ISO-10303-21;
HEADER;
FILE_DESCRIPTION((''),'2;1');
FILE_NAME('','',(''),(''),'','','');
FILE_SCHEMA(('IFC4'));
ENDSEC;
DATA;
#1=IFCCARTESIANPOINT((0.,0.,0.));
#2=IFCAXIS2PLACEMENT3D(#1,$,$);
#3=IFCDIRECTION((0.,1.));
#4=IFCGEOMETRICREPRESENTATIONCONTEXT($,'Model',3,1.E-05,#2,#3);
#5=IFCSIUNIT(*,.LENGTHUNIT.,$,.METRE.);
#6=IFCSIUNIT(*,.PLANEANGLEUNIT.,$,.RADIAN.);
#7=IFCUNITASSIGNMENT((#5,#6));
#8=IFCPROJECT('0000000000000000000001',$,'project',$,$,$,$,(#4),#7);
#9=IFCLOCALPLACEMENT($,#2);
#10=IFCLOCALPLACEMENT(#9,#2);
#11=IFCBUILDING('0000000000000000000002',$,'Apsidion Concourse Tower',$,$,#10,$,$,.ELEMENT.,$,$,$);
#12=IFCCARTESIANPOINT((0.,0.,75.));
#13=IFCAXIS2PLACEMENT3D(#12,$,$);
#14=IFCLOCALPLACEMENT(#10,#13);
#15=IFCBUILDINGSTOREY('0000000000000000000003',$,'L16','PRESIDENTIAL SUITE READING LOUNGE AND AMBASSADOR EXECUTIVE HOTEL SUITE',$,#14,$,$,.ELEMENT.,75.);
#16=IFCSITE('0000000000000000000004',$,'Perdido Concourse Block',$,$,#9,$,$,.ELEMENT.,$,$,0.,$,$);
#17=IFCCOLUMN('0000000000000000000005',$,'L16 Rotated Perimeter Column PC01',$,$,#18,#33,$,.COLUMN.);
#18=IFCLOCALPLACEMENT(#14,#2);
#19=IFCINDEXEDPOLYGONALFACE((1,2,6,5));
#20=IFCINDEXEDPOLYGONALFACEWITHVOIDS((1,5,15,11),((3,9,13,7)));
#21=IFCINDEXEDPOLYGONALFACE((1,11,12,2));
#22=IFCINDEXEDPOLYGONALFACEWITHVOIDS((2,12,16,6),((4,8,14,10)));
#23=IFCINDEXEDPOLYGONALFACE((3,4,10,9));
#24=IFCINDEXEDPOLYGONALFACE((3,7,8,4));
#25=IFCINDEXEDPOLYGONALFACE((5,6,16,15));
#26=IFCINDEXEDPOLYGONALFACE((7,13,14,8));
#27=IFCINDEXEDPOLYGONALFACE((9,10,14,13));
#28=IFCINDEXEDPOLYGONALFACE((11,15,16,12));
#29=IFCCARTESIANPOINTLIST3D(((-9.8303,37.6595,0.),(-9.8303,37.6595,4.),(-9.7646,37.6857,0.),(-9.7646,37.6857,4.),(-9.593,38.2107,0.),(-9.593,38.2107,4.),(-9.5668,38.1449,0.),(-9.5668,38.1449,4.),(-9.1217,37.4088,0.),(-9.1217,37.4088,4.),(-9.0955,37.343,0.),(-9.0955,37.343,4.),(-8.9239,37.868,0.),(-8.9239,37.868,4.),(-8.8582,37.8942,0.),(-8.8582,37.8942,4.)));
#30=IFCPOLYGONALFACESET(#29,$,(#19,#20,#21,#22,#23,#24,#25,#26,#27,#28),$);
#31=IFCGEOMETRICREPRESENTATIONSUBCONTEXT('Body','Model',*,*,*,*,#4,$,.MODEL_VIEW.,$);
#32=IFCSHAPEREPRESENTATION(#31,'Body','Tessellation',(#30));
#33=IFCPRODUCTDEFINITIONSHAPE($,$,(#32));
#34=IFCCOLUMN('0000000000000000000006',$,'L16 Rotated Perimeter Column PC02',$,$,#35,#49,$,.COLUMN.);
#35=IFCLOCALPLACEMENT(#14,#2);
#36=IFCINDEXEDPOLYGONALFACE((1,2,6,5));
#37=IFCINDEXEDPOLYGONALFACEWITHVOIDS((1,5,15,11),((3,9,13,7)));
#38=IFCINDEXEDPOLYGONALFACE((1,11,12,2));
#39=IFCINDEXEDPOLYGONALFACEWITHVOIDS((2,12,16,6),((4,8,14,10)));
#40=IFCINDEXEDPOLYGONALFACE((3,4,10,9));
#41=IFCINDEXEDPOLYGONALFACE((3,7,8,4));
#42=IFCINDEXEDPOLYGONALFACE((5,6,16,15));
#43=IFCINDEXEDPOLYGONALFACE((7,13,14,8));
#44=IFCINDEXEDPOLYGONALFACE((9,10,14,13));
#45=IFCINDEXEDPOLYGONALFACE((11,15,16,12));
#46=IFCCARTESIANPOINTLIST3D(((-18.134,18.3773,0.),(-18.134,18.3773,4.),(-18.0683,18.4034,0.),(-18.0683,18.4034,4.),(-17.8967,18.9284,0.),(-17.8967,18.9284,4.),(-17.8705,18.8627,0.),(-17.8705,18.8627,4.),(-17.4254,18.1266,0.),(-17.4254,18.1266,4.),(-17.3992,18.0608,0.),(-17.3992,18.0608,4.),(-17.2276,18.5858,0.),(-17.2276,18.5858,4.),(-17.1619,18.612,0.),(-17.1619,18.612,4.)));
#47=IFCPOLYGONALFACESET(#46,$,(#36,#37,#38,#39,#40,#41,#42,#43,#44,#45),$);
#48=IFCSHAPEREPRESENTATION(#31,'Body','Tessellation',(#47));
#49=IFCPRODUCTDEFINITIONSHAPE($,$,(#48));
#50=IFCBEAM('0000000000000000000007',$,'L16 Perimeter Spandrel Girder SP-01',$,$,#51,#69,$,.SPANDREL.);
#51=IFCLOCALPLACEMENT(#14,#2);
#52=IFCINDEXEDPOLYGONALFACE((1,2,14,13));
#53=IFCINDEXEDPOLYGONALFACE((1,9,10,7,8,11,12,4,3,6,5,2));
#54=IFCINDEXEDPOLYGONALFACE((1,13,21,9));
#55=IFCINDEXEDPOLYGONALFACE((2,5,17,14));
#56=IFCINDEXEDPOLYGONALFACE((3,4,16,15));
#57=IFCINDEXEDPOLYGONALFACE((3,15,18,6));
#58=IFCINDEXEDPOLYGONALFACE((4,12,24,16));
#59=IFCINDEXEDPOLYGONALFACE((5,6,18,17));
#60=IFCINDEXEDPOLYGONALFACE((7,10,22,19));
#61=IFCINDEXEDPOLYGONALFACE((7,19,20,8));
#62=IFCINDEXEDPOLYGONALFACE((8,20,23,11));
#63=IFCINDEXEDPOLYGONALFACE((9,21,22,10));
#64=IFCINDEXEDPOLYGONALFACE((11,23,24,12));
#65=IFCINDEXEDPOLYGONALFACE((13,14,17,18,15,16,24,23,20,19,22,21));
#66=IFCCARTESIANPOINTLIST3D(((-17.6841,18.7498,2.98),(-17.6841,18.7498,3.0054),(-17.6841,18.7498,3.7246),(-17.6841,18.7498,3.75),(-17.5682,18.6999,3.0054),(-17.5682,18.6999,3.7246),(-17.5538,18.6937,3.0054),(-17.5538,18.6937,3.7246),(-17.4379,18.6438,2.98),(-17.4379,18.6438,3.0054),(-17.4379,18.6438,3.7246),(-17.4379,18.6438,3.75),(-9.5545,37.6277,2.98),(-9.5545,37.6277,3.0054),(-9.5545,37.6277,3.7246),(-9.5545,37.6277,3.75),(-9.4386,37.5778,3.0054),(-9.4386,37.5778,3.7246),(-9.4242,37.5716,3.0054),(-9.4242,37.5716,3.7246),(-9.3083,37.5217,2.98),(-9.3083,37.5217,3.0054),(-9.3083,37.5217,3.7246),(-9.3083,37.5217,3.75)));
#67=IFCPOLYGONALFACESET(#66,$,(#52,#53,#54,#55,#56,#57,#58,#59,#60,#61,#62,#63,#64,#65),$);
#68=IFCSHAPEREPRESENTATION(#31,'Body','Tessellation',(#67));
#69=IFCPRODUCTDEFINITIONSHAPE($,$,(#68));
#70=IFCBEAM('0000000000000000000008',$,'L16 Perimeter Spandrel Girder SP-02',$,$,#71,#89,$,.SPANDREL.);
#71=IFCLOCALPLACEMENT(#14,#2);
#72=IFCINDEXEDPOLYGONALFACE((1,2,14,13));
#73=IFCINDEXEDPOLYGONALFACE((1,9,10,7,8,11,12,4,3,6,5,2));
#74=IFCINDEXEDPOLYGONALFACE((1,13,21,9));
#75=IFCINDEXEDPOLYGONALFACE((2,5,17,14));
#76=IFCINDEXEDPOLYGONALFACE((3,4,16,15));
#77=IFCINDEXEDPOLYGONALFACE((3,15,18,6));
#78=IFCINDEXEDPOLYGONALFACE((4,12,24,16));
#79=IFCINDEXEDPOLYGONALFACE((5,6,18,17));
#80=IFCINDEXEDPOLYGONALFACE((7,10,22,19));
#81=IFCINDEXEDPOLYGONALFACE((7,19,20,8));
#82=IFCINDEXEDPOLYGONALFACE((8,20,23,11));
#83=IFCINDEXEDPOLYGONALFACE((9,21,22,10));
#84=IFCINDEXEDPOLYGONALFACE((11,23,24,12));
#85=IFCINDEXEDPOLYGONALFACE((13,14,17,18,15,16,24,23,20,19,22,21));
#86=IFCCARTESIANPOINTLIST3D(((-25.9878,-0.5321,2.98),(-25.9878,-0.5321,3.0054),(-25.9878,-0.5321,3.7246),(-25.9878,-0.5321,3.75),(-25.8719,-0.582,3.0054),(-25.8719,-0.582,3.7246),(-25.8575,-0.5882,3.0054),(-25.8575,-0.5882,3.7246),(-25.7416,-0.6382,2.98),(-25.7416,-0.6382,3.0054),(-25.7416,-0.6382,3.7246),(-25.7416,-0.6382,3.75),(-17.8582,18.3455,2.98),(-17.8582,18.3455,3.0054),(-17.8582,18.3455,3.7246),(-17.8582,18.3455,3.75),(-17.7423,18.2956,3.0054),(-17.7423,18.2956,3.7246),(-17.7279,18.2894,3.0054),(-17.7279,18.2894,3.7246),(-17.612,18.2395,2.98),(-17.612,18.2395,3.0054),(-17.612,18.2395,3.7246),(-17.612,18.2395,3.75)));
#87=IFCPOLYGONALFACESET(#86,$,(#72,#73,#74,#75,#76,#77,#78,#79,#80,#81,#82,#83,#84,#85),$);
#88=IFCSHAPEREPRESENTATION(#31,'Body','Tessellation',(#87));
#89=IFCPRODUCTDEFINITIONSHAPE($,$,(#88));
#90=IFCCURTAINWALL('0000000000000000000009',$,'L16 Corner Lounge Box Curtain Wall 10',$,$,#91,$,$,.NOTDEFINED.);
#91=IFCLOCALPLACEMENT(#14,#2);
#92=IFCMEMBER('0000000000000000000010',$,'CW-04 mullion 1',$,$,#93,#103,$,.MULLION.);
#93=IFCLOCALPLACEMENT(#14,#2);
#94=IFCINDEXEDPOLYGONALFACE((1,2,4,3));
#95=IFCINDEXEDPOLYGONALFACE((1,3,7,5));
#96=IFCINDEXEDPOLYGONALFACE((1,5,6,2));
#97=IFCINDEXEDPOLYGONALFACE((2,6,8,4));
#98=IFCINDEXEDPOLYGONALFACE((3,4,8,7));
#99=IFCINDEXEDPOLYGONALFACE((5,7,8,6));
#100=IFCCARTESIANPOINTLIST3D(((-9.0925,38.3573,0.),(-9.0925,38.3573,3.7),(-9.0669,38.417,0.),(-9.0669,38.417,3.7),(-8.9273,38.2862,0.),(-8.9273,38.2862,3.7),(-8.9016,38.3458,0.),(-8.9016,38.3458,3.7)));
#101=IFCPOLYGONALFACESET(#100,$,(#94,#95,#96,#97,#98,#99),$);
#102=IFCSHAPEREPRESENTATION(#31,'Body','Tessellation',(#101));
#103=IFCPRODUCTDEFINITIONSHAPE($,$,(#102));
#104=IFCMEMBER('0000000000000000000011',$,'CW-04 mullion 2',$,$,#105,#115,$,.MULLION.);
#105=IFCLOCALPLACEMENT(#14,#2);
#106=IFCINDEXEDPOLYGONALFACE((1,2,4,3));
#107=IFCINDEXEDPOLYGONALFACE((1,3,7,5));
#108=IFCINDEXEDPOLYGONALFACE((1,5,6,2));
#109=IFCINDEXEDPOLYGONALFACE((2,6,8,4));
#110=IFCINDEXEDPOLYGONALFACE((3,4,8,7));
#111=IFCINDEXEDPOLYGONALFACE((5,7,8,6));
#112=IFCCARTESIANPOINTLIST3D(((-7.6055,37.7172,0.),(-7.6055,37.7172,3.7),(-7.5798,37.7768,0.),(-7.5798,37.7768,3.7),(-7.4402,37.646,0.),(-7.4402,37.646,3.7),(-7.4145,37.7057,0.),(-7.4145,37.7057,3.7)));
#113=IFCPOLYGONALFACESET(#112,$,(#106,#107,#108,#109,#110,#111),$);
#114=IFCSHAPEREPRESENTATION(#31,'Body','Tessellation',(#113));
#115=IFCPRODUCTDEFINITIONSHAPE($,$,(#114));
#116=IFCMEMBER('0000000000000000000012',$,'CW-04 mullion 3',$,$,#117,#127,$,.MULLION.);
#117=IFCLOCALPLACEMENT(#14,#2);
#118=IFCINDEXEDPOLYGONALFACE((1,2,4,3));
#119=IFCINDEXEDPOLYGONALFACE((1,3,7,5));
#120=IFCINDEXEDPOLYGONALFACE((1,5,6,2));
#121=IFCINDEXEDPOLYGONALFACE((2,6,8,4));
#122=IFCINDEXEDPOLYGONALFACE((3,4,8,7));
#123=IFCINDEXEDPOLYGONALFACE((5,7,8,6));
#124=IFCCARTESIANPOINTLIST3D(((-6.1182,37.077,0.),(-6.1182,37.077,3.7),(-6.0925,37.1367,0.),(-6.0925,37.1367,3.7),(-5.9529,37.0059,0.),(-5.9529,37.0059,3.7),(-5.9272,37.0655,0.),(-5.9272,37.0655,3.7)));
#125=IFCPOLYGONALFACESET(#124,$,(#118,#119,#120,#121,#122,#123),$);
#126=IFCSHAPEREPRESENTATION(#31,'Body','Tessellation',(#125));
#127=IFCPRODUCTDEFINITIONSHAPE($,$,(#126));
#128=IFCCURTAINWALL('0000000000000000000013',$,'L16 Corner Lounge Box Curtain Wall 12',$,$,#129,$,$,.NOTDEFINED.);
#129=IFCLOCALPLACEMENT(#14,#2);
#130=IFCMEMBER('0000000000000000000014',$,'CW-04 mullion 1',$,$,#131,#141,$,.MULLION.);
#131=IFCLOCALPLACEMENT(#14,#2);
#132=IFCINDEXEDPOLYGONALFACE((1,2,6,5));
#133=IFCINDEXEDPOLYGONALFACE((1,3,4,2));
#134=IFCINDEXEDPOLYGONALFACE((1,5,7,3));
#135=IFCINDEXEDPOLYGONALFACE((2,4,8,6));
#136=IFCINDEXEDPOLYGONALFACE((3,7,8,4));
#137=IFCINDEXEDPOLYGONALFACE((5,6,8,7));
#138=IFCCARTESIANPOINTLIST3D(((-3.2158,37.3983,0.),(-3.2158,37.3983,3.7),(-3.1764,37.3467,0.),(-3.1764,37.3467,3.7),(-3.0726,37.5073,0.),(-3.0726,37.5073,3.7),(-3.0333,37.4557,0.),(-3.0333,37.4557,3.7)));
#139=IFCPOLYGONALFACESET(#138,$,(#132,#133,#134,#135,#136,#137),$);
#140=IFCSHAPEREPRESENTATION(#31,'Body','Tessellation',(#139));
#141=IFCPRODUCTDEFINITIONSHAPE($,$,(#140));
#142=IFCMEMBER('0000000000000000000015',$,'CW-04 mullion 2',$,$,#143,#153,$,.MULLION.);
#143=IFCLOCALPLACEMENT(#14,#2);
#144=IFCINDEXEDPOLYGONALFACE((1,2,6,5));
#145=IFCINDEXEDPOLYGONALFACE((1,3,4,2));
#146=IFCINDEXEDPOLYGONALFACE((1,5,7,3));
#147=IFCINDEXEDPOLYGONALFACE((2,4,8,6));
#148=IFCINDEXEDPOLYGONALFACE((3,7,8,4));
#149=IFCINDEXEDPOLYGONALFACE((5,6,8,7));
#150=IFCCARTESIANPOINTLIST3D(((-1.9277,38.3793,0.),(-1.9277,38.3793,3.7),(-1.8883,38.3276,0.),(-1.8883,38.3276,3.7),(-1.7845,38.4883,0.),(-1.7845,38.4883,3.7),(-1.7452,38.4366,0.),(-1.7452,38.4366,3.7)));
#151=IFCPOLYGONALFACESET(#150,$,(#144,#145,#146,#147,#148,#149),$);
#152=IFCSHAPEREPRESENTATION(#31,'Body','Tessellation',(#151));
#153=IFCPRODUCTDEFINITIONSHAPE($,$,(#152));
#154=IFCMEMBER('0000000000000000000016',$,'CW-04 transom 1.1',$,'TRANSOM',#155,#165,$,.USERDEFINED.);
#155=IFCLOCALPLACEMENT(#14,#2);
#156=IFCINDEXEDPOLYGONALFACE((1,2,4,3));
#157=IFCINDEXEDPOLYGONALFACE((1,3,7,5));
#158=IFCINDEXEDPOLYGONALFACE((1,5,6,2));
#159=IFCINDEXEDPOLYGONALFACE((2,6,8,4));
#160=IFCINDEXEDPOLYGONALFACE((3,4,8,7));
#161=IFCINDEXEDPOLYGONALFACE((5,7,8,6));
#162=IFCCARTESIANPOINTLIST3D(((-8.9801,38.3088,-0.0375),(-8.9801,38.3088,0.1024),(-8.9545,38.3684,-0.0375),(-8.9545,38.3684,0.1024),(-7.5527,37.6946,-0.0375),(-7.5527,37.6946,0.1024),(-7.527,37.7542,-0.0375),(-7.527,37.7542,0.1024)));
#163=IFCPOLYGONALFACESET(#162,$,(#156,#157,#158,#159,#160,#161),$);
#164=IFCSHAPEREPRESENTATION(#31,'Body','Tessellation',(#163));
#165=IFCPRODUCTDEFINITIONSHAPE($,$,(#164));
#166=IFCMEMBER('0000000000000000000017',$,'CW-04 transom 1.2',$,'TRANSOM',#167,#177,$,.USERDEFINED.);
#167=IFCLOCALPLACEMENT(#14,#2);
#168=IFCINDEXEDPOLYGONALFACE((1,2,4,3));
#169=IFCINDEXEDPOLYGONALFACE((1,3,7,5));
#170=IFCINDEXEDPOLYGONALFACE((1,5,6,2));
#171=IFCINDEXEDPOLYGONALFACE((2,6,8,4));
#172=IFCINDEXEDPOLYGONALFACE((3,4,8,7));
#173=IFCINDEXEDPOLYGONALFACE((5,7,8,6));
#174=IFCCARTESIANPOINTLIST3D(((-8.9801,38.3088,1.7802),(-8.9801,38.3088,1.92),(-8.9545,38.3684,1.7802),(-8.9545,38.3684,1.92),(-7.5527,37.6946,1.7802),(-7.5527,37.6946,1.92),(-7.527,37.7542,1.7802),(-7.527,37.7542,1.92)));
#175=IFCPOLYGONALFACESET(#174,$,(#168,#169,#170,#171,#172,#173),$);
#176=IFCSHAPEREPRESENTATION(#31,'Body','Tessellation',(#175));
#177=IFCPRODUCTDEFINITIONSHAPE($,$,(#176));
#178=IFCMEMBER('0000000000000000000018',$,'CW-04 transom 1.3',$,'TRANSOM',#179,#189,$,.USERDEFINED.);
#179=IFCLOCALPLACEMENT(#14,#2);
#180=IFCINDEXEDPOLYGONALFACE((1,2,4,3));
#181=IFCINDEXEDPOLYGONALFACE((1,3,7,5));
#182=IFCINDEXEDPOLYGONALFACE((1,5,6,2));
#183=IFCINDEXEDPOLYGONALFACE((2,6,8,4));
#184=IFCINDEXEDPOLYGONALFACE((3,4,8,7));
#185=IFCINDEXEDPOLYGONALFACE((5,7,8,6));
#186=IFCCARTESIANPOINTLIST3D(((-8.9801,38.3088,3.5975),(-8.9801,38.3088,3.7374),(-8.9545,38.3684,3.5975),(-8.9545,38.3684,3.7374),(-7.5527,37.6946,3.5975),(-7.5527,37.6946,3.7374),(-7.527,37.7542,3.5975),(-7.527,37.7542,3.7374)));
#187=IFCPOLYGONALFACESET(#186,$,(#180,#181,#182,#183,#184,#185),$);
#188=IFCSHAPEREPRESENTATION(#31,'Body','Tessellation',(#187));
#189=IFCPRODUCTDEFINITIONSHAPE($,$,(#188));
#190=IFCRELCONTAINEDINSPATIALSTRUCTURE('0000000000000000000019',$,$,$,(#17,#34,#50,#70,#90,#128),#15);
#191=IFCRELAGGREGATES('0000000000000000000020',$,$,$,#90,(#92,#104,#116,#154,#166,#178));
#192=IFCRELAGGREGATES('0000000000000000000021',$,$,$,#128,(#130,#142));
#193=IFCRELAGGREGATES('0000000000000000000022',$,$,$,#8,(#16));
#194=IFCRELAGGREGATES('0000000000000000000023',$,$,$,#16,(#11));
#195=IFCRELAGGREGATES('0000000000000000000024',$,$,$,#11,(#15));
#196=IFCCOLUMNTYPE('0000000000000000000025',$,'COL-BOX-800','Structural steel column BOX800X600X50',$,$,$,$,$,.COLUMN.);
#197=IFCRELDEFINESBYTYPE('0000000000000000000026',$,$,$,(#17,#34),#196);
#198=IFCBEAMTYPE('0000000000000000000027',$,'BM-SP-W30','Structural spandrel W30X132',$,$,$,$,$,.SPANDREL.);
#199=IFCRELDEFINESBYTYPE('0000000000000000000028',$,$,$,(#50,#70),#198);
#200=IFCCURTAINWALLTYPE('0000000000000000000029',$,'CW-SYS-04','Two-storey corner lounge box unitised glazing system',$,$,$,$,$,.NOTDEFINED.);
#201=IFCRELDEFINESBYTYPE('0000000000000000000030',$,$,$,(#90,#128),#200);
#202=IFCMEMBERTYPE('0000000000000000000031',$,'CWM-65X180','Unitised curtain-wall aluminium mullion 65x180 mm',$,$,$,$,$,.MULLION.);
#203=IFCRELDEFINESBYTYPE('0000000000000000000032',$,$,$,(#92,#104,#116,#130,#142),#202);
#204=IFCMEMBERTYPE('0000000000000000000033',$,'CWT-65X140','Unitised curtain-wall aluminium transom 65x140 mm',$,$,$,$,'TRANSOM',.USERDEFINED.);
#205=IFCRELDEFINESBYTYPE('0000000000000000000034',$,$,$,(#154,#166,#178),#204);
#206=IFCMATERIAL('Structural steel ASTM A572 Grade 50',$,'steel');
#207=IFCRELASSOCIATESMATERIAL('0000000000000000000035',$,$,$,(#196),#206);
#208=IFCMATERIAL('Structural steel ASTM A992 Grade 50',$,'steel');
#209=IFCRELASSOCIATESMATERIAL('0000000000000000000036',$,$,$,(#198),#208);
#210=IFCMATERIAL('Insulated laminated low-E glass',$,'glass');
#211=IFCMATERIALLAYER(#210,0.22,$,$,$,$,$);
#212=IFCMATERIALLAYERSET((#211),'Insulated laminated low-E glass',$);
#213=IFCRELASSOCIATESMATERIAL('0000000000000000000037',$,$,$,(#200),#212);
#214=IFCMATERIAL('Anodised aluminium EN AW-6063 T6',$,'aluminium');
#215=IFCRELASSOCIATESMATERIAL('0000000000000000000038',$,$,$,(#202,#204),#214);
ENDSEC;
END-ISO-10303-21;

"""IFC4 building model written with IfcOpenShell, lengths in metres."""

from ifc_helpers import new_model, si_unit, direction, frame, origin, origin_2d, place, context, subcontext, project, spatial, rectangle, hollow_rectangle, i_section, extrude, material, layer, layer_set, material_profile, profile_set, type_object, element, aggregate, save


model = new_model("IFC4")

# Units and contexts
model_context = context("Model", 3, precision=1e-05, world=origin(), true_north=direction((0.0, 1.0)))
body_context = subcontext(model_context, "Body", "Model", "MODEL_VIEW")
ifc_project = project(units=[si_unit("LENGTHUNIT", "METRE"), si_unit("PLANEANGLEUNIT", "RADIAN")], contexts=[model_context])

# Site, building, storey
site_placement = place(None, origin())
site = spatial("IfcSite", under=ifc_project, at=site_placement, Name="Perdido Concourse Block", CompositionType="ELEMENT", RefElevation=0.0)
building_placement = place(site_placement, origin())
building = spatial("IfcBuilding", under=site, at=building_placement, Name="Apsidion Concourse Tower", CompositionType="ELEMENT")
storey_placement = place(building_placement, frame((0.0, 0.0, 75.0)))
storey = spatial("IfcBuildingStorey", under=building, at=storey_placement, Name="L16", Description="PRESIDENTIAL SUITE READING LOUNGE AND AMBASSADOR EXECUTIVE HOTEL SUITE", CompositionType="ELEMENT", Elevation=75.0)

# Columns
ifc_material_1 = material(Name="Structural steel ASTM A572 Grade 50", Category="steel")
ifc_material_profile_1 = material_profile(ifc_material_1, hollow_rectangle(XDim=0.6001, YDim=0.8, WallThickness=0.05, at=origin_2d()), Name="BOX800X600X50")
ifc_profile_set_1 = profile_set([ifc_material_profile_1], Name="Structural steel ASTM A572 Grade 50")
column_type = type_object("IfcColumnType", Name="COL-BOX-800", Description="Structural steel column BOX800X600X50", PredefinedType="COLUMN", material=ifc_profile_set_1)
for number, where, z_axis, x_axis, name in (
    (1, (-9.3442, 37.7769, 0.0), (0.0, 0.0, 1.0), (0.395546, 0.918446, 0.0), "L16 Rotated Perimeter Column PC01"),
    (2, (-17.6479, 18.4946, 0.0), (0.0, 0.0, 1.0), (0.395546, 0.918446, 0.0), "L16 Rotated Perimeter Column PC02"),
):
    element("IfcColumn", number, at=place(storey_placement, frame(where, z_axis=z_axis, x_axis=x_axis)), inside=storey, type_object=column_type, Name=name, PredefinedType="COLUMN", context=body_context, shape_type="SweptSolid", body=[
        extrude(hollow_rectangle(XDim=0.6001, YDim=0.8, WallThickness=0.05, at=origin_2d()), origin(), (0.0, 0.0, 1.0), 4.0),
    ])

# Beams
ifc_material_2 = material(Name="Structural steel ASTM A992 Grade 50", Category="steel")
ifc_material_profile_2 = material_profile(ifc_material_2, i_section(OverallWidth=0.2681, OverallDepth=0.77, WebThickness=0.0156, FlangeThickness=0.0254, at=origin_2d()), Name="W30X132")
ifc_profile_set_2 = profile_set([ifc_material_profile_2], Name="Structural steel ASTM A992 Grade 50")
beam_type = type_object("IfcBeamType", Name="BM-SP-W30", Description="Structural spandrel W30X132", PredefinedType="SPANDREL", material=ifc_profile_set_2)
beam_1_placement = place(storey_placement, frame((-9.4314, 37.5747, 3.365), z_axis=(-0.395526, -0.918455, 0.0), x_axis=(0.918455, -0.395526, 0.0)))
element("IfcBeam", 3, at=beam_1_placement, inside=storey, type_object=beam_type, Name="L16 Perimeter Spandrel Girder SP-01", PredefinedType="SPANDREL", context=body_context, shape_type="SweptSolid", body=[
    extrude(i_section(OverallWidth=0.2681, OverallDepth=0.77, WebThickness=0.0156, FlangeThickness=0.0254, at=origin_2d()), origin(), (0.0, 0.0, 1.0), 20.554),
])
beam_2_placement = place(storey_placement, frame((-17.7351, 18.2925, 3.365), z_axis=(-0.39553, -0.918453, 0.0), x_axis=(0.918453, -0.39553, 0.0)))
element("IfcBeam", 4, at=beam_2_placement, inside=storey, type_object=beam_type, Name="L16 Perimeter Spandrel Girder SP-02", PredefinedType="SPANDREL", context=body_context, shape_type="SweptSolid", body=[
    extrude(i_section(OverallWidth=0.2681, OverallDepth=0.77, WebThickness=0.0156, FlangeThickness=0.0254, at=origin_2d()), origin(), (0.0, 0.0, 1.0), 20.5537),
])

# Curtain walls, members
ifc_material_3 = material(Name="Insulated laminated low-E glass", Category="glass")
ifc_layer_1 = layer(ifc_material_3, 0.22)
ifc_layer_set_1 = layer_set([ifc_layer_1], Name="Insulated laminated low-E glass")
curtain_wall_type = type_object("IfcCurtainWallType", Name="CW-SYS-04", Description="Two-storey corner lounge box unitised glazing system", PredefinedType="NOTDEFINED", material=ifc_layer_set_1)
curtain_wall_1_placement = place(storey_placement, origin())
curtain_wall_1 = element("IfcCurtainWall", 5, at=curtain_wall_1_placement, inside=storey, type_object=curtain_wall_type, Name="L16 Corner Lounge Box Curtain Wall 10", PredefinedType="NOTDEFINED")
ifc_material_4 = material(Name="Anodised aluminium EN AW-6063 T6", Category="aluminium")
ifc_material_profile_3 = material_profile(ifc_material_4, rectangle(XDim=0.0649, YDim=0.1799, at=origin_2d()), Name="ALU MULLION 65x180")
ifc_profile_set_3 = profile_set([ifc_material_profile_3], Name="Anodised aluminium EN AW-6063 T6")
member_type_1 = type_object("IfcMemberType", Name="CWM-65X180", Description="Unitised curtain-wall aluminium mullion 65x180 mm", PredefinedType="MULLION", material=ifc_profile_set_3)
member_1_placement = place(storey_placement, frame((-8.9971, 38.3516, 0.0), z_axis=(0.0, 0.0, 1.0), x_axis=(0.39538, 0.918518, 0.0)))
member_1 = element("IfcMember", 6, at=member_1_placement, type_object=member_type_1, Name="CW-04 mullion 1", PredefinedType="MULLION", context=body_context, shape_type="SweptSolid", body=[
    extrude(rectangle(XDim=0.0649, YDim=0.1799, at=origin_2d()), origin(), (0.0, 0.0, 1.0), 3.7),
])
member_2_placement = place(storey_placement, frame((-7.51, 37.7114, 0.0), z_axis=(0.0, 0.0, 1.0), x_axis=(0.39538, 0.918518, 0.0)))
member_2 = element("IfcMember", 7, at=member_2_placement, type_object=member_type_1, Name="CW-04 mullion 2", PredefinedType="MULLION", context=body_context, shape_type="SweptSolid", body=[
    extrude(rectangle(XDim=0.0649, YDim=0.1799, at=origin_2d()), origin(), (0.0, 0.0, 1.0), 3.7),
])
member_3_placement = place(storey_placement, frame((-6.0227, 37.0713, 0.0), z_axis=(0.0, 0.0, 1.0), x_axis=(0.39538, 0.918518, 0.0)))
member_3 = element("IfcMember", 8, at=member_3_placement, type_object=member_type_1, Name="CW-04 mullion 3", PredefinedType="MULLION", context=body_context, shape_type="SweptSolid", body=[
    extrude(rectangle(XDim=0.0649, YDim=0.1799, at=origin_2d()), origin(), (0.0, 0.0, 1.0), 3.7),
])
curtain_wall_2_placement = place(storey_placement, origin())
curtain_wall_2 = element("IfcCurtainWall", 9, at=curtain_wall_2_placement, inside=storey, type_object=curtain_wall_type, Name="L16 Corner Lounge Box Curtain Wall 12", PredefinedType="NOTDEFINED")
member_4_placement = place(storey_placement, frame((-3.1245, 37.427, 0.0), z_axis=(0.0, 0.0, 1.0), x_axis=(-0.605869, 0.795564, 0.0)))
member_4 = element("IfcMember", 10, at=member_4_placement, type_object=member_type_1, Name="CW-04 mullion 1", PredefinedType="MULLION", context=body_context, shape_type="SweptSolid", body=[
    extrude(rectangle(XDim=0.0649, YDim=0.1799, at=origin_2d()), origin(), (0.0, 0.0, 1.0), 3.7),
])
member_5_placement = place(storey_placement, frame((-1.8364, 38.408, 0.0), z_axis=(0.0, 0.0, 1.0), x_axis=(-0.605869, 0.795564, 0.0)))
member_5 = element("IfcMember", 11, at=member_5_placement, type_object=member_type_1, Name="CW-04 mullion 2", PredefinedType="MULLION", context=body_context, shape_type="SweptSolid", body=[
    extrude(rectangle(XDim=0.0649, YDim=0.1799, at=origin_2d()), origin(), (0.0, 0.0, 1.0), 3.7),
])

# Members
ifc_material_profile_4 = material_profile(ifc_material_4, rectangle(XDim=0.0649, YDim=0.1399, at=origin_2d()), Name="ALU TRANSOM 65x140")
ifc_profile_set_4 = profile_set([ifc_material_profile_4], Name="Anodised aluminium EN AW-6063 T6")
member_type_2 = type_object("IfcMemberType", Name="CWT-65X140", Description="Unitised curtain-wall aluminium transom 65x140 mm", ElementType="TRANSOM", PredefinedType="USERDEFINED", material=ifc_profile_set_4)
member_6_placement = place(storey_placement, frame((-8.9673, 38.3386, 0.0325), z_axis=(0.918567, -0.395265, 0.0), x_axis=(0.395265, 0.918567, 0.0)))
member_6 = element("IfcMember", 12, at=member_6_placement, type_object=member_type_2, Name="CW-04 transom 1.1", ObjectType="TRANSOM", PredefinedType="USERDEFINED", context=body_context, shape_type="SweptSolid", body=[
    extrude(rectangle(XDim=0.0649, YDim=0.1399, at=origin_2d()), origin(), (0.0, 0.0, 1.0), 1.554),
])
member_7_placement = place(storey_placement, frame((-8.9673, 38.3386, 1.8501), z_axis=(0.918567, -0.395265, 0.0), x_axis=(0.395265, 0.918567, 0.0)))
member_7 = element("IfcMember", 13, at=member_7_placement, type_object=member_type_2, Name="CW-04 transom 1.2", ObjectType="TRANSOM", PredefinedType="USERDEFINED", context=body_context, shape_type="SweptSolid", body=[
    extrude(rectangle(XDim=0.0649, YDim=0.1399, at=origin_2d()), origin(), (0.0, 0.0, 1.0), 1.554),
])
member_8_placement = place(storey_placement, frame((-8.9673, 38.3386, 3.6675), z_axis=(0.918567, -0.395265, 0.0), x_axis=(0.395265, 0.918567, 0.0)))
member_8 = element("IfcMember", 14, at=member_8_placement, type_object=member_type_2, Name="CW-04 transom 1.3", ObjectType="TRANSOM", PredefinedType="USERDEFINED", context=body_context, shape_type="SweptSolid", body=[
    extrude(rectangle(XDim=0.0649, YDim=0.1399, at=origin_2d()), origin(), (0.0, 0.0, 1.0), 1.554),
])

aggregate(curtain_wall_1, [member_1, member_2, member_3, member_6, member_7, member_8])
aggregate(curtain_wall_2, [member_4, member_5])

save(model, "model.ifc")
